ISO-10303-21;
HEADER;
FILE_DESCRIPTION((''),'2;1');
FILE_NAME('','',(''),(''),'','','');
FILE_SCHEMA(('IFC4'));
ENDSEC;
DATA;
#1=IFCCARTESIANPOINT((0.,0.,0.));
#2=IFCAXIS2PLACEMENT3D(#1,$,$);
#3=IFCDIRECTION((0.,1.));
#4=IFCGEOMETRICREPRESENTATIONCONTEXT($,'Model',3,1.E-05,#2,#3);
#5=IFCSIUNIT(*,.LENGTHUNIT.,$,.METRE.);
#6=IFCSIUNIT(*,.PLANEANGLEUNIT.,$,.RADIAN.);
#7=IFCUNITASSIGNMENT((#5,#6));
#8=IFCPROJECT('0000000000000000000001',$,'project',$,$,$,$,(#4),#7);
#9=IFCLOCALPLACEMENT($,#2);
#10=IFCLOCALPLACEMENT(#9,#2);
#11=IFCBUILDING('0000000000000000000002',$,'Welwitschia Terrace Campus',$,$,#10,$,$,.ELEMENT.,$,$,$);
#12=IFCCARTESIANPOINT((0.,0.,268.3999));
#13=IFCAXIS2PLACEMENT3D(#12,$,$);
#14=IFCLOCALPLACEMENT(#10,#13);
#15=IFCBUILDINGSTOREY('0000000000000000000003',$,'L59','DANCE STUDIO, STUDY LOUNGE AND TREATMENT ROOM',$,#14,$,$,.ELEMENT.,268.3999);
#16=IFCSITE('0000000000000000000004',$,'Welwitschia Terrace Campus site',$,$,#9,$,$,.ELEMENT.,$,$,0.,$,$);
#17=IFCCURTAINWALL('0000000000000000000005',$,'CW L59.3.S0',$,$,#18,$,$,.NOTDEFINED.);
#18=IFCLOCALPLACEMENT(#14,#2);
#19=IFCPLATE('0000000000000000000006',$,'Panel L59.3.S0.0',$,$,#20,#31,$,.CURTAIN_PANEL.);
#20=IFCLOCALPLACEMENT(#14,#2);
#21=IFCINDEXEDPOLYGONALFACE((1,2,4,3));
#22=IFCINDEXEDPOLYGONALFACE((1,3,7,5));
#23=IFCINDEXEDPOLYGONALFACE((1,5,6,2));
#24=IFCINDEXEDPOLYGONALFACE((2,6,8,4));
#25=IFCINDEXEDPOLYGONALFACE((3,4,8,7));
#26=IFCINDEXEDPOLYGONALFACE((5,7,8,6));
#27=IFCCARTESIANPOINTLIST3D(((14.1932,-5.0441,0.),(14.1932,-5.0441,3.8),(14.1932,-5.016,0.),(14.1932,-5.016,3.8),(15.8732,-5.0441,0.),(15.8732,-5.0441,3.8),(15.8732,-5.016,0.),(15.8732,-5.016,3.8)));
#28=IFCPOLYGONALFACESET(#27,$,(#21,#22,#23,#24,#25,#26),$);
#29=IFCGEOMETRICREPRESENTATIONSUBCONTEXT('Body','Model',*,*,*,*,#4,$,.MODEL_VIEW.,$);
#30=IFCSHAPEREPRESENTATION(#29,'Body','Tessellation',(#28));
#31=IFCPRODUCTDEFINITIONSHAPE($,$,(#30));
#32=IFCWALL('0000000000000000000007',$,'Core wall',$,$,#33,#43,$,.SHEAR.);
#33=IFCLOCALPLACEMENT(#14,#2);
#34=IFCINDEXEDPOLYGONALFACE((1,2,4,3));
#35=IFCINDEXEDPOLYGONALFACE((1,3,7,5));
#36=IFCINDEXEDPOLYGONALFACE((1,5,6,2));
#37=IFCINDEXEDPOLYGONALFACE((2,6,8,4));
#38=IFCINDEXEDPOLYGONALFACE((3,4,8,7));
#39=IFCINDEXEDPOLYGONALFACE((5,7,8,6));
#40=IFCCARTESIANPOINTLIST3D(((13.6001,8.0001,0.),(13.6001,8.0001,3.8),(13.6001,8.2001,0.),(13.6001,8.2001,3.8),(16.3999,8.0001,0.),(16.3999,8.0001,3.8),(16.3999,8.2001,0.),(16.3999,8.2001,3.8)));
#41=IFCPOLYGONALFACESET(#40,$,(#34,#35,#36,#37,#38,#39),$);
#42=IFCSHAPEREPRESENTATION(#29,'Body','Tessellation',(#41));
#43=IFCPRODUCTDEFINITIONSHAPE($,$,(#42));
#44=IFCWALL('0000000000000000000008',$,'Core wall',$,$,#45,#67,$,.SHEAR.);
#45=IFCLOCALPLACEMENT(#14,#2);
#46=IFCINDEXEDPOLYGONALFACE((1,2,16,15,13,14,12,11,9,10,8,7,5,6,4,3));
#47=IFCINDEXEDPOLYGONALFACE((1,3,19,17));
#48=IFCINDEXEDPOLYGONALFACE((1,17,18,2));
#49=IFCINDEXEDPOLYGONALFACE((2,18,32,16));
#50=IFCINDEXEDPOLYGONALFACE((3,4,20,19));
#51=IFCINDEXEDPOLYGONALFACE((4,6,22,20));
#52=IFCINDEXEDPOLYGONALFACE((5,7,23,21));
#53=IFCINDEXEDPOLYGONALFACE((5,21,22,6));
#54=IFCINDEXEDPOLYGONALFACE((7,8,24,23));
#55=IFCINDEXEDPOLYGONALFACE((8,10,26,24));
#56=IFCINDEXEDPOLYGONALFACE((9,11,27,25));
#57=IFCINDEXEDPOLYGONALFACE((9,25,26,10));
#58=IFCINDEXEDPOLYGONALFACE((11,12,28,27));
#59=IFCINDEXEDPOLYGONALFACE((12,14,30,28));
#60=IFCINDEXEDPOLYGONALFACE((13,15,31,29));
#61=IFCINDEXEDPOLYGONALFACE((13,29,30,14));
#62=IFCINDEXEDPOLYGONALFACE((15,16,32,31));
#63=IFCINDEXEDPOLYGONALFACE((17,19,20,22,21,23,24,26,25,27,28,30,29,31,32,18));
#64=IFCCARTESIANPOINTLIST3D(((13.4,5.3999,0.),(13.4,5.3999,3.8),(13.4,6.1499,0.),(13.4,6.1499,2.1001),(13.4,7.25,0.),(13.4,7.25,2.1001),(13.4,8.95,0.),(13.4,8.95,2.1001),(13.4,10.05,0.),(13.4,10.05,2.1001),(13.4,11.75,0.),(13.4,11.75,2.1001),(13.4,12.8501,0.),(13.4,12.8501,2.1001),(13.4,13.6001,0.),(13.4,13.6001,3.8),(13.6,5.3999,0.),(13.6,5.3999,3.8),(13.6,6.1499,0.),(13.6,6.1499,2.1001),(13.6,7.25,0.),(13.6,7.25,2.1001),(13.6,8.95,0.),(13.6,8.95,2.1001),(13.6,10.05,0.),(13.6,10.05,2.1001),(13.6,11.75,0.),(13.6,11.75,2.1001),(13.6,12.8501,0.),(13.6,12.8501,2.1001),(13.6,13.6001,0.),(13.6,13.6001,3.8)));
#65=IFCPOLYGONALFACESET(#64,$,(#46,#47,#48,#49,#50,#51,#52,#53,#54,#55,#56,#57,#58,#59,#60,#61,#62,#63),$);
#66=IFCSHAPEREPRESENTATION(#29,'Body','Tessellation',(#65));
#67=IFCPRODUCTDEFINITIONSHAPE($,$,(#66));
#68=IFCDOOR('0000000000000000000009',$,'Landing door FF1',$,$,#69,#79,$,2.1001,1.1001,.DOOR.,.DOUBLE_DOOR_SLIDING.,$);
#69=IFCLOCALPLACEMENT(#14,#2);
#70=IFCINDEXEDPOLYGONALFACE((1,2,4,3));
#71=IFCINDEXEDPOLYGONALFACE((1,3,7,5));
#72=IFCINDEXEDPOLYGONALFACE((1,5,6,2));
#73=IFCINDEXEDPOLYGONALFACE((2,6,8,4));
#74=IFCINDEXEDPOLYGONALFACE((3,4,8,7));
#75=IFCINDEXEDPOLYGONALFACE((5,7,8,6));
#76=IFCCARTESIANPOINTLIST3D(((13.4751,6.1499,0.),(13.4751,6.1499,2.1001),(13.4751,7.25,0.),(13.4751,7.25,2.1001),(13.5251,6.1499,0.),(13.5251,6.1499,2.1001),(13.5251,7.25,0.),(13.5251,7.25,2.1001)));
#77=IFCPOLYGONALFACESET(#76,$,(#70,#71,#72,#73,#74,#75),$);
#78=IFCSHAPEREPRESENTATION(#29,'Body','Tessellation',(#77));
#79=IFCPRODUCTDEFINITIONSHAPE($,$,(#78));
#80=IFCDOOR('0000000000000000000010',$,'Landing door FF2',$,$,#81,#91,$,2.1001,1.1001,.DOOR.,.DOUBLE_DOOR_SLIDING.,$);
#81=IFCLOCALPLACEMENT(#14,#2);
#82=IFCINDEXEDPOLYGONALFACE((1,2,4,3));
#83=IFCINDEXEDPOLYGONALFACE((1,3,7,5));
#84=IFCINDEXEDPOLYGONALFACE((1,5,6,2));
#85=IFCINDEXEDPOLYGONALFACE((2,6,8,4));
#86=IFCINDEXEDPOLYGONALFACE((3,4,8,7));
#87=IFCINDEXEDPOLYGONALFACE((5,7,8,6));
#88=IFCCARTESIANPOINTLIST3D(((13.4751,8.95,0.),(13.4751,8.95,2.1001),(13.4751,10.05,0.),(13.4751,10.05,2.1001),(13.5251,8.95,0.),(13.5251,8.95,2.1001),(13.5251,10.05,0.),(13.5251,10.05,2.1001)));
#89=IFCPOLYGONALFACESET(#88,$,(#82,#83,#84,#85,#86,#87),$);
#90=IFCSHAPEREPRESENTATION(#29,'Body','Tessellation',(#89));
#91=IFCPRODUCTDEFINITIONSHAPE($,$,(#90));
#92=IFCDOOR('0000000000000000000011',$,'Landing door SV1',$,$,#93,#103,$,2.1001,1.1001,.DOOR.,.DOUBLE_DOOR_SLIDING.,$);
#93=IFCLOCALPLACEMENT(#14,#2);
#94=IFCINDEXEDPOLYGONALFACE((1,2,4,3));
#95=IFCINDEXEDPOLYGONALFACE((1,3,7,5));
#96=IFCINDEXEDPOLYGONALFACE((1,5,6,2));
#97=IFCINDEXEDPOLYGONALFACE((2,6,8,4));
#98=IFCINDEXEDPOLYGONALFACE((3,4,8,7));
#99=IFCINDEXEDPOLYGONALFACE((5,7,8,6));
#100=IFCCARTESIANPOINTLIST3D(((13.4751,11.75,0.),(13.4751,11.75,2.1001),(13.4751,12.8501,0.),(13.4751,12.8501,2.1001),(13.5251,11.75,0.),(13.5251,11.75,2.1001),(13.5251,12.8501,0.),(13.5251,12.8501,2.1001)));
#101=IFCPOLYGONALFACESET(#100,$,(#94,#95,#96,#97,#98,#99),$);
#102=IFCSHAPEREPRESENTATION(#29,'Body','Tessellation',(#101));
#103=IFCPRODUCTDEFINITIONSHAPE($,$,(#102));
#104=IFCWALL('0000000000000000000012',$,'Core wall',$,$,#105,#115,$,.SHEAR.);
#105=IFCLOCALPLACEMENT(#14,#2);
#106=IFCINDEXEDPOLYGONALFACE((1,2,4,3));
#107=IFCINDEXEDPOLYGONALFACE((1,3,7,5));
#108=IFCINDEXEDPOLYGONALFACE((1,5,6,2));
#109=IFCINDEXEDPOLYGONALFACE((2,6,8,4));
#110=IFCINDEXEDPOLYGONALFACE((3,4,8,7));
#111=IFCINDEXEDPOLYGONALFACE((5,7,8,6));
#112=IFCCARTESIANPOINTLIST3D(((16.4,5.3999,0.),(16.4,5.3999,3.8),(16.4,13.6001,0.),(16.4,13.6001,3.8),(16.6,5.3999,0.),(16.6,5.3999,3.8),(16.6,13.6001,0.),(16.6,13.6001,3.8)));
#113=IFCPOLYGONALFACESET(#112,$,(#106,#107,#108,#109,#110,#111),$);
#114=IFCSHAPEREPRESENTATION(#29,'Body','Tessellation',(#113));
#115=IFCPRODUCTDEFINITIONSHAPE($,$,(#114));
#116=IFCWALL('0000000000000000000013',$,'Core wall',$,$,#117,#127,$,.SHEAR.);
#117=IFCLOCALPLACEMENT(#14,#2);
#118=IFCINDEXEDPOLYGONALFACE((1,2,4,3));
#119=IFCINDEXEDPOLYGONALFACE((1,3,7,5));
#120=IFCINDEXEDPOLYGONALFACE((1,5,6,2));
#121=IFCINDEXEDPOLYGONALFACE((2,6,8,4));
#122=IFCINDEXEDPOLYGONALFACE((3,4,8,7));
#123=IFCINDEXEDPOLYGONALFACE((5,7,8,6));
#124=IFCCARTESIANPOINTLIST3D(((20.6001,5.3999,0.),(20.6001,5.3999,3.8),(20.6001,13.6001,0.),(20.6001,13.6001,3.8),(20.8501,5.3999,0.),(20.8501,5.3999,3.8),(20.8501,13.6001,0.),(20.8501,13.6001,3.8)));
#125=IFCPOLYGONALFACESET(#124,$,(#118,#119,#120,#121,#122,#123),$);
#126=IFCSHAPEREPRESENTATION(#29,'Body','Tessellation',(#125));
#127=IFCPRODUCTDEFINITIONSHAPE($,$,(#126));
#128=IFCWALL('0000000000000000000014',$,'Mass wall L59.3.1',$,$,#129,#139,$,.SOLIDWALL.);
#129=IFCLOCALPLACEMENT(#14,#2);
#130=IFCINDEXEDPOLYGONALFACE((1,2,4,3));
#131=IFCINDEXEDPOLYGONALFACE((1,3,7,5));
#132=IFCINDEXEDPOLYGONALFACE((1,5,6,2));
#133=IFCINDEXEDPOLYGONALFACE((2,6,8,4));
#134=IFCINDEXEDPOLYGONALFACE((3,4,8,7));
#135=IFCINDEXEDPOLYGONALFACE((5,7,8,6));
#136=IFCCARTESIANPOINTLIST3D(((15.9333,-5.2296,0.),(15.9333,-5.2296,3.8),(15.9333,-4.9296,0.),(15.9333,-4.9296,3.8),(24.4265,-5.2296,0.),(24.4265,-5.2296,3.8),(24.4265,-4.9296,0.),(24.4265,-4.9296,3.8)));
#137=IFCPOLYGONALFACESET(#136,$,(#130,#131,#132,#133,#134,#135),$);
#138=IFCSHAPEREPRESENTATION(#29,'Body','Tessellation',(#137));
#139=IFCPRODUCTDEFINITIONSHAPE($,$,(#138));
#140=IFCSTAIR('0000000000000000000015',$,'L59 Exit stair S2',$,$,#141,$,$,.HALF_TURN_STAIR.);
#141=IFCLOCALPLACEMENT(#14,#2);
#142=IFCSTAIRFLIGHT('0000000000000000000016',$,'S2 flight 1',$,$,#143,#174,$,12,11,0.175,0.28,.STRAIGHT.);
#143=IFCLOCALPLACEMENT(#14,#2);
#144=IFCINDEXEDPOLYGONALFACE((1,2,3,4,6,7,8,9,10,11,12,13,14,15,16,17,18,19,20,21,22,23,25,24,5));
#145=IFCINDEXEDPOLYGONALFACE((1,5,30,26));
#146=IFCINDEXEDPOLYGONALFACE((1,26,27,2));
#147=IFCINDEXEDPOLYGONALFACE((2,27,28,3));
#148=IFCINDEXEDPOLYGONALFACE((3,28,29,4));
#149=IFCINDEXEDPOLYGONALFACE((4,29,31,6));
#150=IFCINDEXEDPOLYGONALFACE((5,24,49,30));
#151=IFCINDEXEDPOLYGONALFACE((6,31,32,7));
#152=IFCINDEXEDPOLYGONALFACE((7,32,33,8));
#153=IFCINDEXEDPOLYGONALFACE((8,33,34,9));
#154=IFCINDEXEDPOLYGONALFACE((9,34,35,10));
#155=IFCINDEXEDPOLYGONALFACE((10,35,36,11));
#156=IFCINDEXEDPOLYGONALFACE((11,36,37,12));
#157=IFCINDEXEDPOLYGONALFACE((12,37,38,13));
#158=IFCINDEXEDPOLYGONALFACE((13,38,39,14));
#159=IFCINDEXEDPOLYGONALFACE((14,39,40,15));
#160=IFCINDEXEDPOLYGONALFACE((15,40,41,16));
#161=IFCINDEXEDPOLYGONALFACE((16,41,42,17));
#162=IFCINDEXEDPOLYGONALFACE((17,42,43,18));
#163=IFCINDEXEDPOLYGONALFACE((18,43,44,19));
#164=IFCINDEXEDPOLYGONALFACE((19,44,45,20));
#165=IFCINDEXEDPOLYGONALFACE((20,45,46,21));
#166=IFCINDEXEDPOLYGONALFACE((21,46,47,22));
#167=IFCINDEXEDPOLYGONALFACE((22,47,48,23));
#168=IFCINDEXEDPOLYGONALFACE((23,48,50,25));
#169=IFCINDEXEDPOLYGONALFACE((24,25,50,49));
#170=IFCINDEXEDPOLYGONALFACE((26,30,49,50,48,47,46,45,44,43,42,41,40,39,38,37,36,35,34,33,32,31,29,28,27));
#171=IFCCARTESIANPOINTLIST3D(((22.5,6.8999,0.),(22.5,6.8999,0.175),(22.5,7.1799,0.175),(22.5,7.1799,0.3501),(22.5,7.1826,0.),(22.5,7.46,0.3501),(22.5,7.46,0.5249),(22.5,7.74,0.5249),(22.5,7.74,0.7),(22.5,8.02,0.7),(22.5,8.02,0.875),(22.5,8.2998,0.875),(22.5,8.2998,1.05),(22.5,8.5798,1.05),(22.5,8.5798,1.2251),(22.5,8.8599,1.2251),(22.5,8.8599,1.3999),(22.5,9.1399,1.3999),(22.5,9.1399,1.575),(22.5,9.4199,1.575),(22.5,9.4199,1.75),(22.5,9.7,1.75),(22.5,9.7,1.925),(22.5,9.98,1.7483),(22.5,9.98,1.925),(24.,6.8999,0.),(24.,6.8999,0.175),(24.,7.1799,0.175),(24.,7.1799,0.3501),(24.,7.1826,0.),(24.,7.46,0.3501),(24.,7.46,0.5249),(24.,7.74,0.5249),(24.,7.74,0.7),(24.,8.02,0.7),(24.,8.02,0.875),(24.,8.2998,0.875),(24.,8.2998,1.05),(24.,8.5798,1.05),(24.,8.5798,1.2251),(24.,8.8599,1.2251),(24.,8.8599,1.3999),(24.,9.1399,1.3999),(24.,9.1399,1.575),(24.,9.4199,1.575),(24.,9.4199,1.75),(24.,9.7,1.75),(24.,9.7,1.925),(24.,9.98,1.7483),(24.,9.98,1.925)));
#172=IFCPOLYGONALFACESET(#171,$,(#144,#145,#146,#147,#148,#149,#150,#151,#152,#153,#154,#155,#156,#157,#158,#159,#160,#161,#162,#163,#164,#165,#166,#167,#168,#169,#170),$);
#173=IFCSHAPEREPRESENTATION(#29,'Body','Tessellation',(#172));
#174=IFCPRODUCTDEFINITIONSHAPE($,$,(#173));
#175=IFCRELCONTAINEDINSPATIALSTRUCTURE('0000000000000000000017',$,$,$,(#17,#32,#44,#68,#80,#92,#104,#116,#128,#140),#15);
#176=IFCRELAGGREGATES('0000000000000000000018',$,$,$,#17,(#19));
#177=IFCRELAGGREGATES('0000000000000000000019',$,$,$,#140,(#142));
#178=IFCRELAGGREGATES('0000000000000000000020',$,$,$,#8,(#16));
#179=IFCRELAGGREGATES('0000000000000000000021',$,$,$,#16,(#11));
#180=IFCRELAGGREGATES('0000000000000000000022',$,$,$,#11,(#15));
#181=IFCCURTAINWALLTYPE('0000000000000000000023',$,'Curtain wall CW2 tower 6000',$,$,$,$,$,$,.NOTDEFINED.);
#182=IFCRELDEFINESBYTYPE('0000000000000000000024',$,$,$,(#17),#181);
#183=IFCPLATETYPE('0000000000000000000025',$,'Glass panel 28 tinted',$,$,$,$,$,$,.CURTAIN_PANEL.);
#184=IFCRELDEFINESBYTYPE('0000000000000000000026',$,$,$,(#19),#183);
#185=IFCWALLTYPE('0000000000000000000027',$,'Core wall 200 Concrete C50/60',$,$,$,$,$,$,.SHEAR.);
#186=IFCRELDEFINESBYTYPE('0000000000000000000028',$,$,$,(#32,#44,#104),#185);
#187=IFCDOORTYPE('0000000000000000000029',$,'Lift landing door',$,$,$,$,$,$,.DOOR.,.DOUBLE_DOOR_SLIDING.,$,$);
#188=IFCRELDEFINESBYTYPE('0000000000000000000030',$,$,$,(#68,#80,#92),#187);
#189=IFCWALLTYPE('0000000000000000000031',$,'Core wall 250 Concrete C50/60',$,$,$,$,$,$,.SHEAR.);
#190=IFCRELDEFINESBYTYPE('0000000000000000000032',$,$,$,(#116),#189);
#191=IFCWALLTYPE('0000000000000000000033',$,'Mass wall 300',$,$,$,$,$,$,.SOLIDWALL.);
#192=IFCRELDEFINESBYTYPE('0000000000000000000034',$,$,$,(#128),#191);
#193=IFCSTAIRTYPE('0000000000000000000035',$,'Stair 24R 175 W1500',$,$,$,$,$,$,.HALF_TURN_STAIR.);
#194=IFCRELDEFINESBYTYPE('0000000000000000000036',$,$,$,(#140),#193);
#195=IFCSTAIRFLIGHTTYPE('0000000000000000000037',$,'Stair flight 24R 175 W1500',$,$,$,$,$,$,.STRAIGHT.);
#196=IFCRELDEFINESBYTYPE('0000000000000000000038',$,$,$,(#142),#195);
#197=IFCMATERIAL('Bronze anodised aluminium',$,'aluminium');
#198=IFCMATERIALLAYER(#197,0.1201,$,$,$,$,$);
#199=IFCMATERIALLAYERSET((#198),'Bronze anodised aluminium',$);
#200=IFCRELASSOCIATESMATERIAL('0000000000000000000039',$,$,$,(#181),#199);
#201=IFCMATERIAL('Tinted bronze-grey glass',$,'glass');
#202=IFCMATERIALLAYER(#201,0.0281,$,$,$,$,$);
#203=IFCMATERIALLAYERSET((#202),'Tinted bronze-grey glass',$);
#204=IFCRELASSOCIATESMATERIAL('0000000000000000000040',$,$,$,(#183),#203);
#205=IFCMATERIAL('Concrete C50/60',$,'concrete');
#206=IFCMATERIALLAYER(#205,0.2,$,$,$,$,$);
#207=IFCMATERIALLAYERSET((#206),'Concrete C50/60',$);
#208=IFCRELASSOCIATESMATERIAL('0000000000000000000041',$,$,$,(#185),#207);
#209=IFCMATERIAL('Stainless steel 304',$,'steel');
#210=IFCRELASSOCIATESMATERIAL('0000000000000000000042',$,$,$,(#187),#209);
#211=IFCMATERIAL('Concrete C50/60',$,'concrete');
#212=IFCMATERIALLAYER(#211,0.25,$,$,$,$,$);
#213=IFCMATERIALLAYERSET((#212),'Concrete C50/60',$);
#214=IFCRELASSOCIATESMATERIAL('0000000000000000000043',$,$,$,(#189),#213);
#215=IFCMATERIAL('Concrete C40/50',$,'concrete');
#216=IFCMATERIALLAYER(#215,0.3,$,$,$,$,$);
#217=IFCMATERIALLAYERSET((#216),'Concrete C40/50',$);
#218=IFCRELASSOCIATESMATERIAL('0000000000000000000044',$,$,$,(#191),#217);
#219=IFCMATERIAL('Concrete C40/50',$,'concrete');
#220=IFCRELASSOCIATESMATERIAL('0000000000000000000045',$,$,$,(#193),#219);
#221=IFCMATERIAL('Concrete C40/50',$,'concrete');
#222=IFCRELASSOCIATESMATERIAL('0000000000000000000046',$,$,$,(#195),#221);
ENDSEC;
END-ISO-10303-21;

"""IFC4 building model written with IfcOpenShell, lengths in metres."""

from ifc_helpers import new_model, si_unit, direction, frame, frame_2d, origin, origin_2d, place, context, subcontext, project, spatial, polyline, rectangle, outline, extrude, material, layer, layer_set, type_object, element, fill, aggregate, save


model = new_model("IFC4")

# Units and contexts
model_context = context("Model", 3, precision=1e-05, world=origin(), true_north=direction((0.0, 1.0)))
body_context = subcontext(model_context, "Body", "Model", "MODEL_VIEW")
ifc_project = project(units=[si_unit("LENGTHUNIT", "METRE"), si_unit("PLANEANGLEUNIT", "RADIAN")], contexts=[model_context])

# Site, building, storey
site_placement = place(None, origin())
site = spatial("IfcSite", under=ifc_project, at=site_placement, Name="Welwitschia Terrace Campus site", CompositionType="ELEMENT", RefElevation=0.0)
building_placement = place(site_placement, origin())
building = spatial("IfcBuilding", under=site, at=building_placement, Name="Welwitschia Terrace Campus", CompositionType="ELEMENT")
storey_placement = place(building_placement, frame((0.0, 0.0, 268.3999)))
storey = spatial("IfcBuildingStorey", under=building, at=storey_placement, Name="L59", Description="DANCE STUDIO, STUDY LOUNGE AND TREATMENT ROOM", CompositionType="ELEMENT", Elevation=268.3999)

# Curtain wall
ifc_material_1 = material(Name="Bronze anodised aluminium", Category="aluminium")
ifc_layer_1 = layer(ifc_material_1, 0.1201)
ifc_layer_set_1 = layer_set([ifc_layer_1], Name="Bronze anodised aluminium")
curtain_wall_type = type_object("IfcCurtainWallType", Name="Curtain wall CW2 tower 6000", PredefinedType="NOTDEFINED", material=ifc_layer_set_1)
curtain_wall_placement = place(storey_placement, origin())
curtain_wall = element("IfcCurtainWall", 1, at=curtain_wall_placement, inside=storey, type_object=curtain_wall_type, Name="CW L59.3.S0", PredefinedType="NOTDEFINED")

# Plate
ifc_material_2 = material(Name="Tinted bronze-grey glass", Category="glass")
ifc_layer_2 = layer(ifc_material_2, 0.0281)
ifc_layer_set_2 = layer_set([ifc_layer_2], Name="Tinted bronze-grey glass")
plate_type = type_object("IfcPlateType", Name="Glass panel 28 tinted", PredefinedType="CURTAIN_PANEL", material=ifc_layer_set_2)
plate_placement = place(storey_placement, frame((15.0332, -5.03, 0.0), z_axis=(0.0, 0.0, 1.0), x_axis=(1.0, 0.0, 0.0)))
plate = element("IfcPlate", 2, at=plate_placement, type_object=plate_type, Name="Panel L59.3.S0.0", PredefinedType="CURTAIN_PANEL", context=body_context, shape_type="SweptSolid", body=[
    extrude(rectangle(XDim=1.6799, YDim=0.0281, at=origin_2d()), origin(), (0.0, 0.0, 1.0), 3.8),
])
aggregate(curtain_wall, [plate])

# Wall
ifc_material_3 = material(Name="Concrete C50/60", Category="concrete")
ifc_layer_3 = layer(ifc_material_3, 0.2)
ifc_layer_set_3 = layer_set([ifc_layer_3], Name="Concrete C50/60")
wall_type_1 = type_object("IfcWallType", Name="Core wall 200 Concrete C50/60", PredefinedType="SHEAR", material=ifc_layer_set_3)
wall_1_placement = place(storey_placement, frame((13.6001, 8.1001, 0.0), z_axis=(0.0, 0.0, 1.0), x_axis=(1.0, 0.0, 0.0)))
element("IfcWall", 3, at=wall_1_placement, inside=storey, type_object=wall_type_1, Name="Core wall", PredefinedType="SHEAR", context=body_context, shape_type="SweptSolid", body=[
    extrude(rectangle(XDim=2.7998, YDim=0.2, at=frame_2d((1.3999, 0.0))), origin(), (0.0, 0.0, 1.0), 3.8),
])

# Wall, openings, doors
wall_2_placement = place(storey_placement, frame((13.5, 5.3999, 0.0), z_axis=(0.0, 0.0, 1.0), x_axis=(0.0, 1.0, 0.0)))
wall_2 = element("IfcWall", 4, at=wall_2_placement, inside=storey, type_object=wall_type_1, Name="Core wall", PredefinedType="SHEAR", context=body_context, shape_type="SweptSolid", body=[
    extrude(rectangle(XDim=8.2002, YDim=0.2, at=frame_2d((4.1001, 0.0))), origin(), (0.0, 0.0, 1.0), 3.8),
])
opening_1_placement = place(wall_2_placement, frame((0.75, 0.0, 0.0)))
opening_1 = element("IfcOpeningElement", 5, at=opening_1_placement, cuts=wall_2, PredefinedType="OPENING", context=body_context, shape_type="SweptSolid", body=[
    extrude(rectangle(XDim=1.1001, YDim=2.1001, at=frame_2d((0.55, 1.05))), frame((0.0, 0.1099, 0.0), z_axis=(0.0, -1.0, 0.0), x_axis=(1.0, 0.0, 0.0)), (0.0, 0.0, 1.0), 0.22),
])
opening_2_placement = place(wall_2_placement, frame((3.55, 0.0, 0.0)))
opening_2 = element("IfcOpeningElement", 6, at=opening_2_placement, cuts=wall_2, PredefinedType="OPENING", context=body_context, shape_type="SweptSolid", body=[
    extrude(rectangle(XDim=1.1001, YDim=2.1001, at=frame_2d((0.55, 1.05))), frame((0.0, 0.1099, 0.0), z_axis=(0.0, -1.0, 0.0), x_axis=(1.0, 0.0, 0.0)), (0.0, 0.0, 1.0), 0.22),
])
opening_3_placement = place(wall_2_placement, frame((6.3501, 0.0, 0.0)))
opening_3 = element("IfcOpeningElement", 7, at=opening_3_placement, cuts=wall_2, PredefinedType="OPENING", context=body_context, shape_type="SweptSolid", body=[
    extrude(rectangle(XDim=1.1001, YDim=2.1001, at=frame_2d((0.55, 1.05))), frame((0.0, 0.1099, 0.0), z_axis=(0.0, -1.0, 0.0), x_axis=(1.0, 0.0, 0.0)), (0.0, 0.0, 1.0), 0.22),
])
ifc_material_4 = material(Name="Stainless steel 304", Category="steel")
door_type = type_object("IfcDoorType", Name="Lift landing door", OperationType="DOUBLE_DOOR_SLIDING", PredefinedType="DOOR", material=ifc_material_4)
door_1_placement = place(opening_1_placement, origin())
door_1 = element("IfcDoor", 8, at=door_1_placement, inside=storey, type_object=door_type, Name="Landing door FF1", OperationType="DOUBLE_DOOR_SLIDING", OverallHeight=2.1001, OverallWidth=1.1001, PredefinedType="DOOR", context=body_context, shape_type="SweptSolid", body=[
    extrude(rectangle(XDim=1.1001, YDim=2.1001, at=frame_2d((0.55, 1.05))), frame((0.0, 0.0249, 0.0), z_axis=(0.0, -1.0, 0.0), x_axis=(1.0, 0.0, 0.0)), (0.0, 0.0, 1.0), 0.05),
])
fill(opening_1, door_1)
door_2_placement = place(opening_2_placement, origin())
door_2 = element("IfcDoor", 9, at=door_2_placement, inside=storey, type_object=door_type, Name="Landing door FF2", OperationType="DOUBLE_DOOR_SLIDING", OverallHeight=2.1001, OverallWidth=1.1001, PredefinedType="DOOR", context=body_context, shape_type="SweptSolid", body=[
    extrude(rectangle(XDim=1.1001, YDim=2.1001, at=frame_2d((0.55, 1.05))), frame((0.0, 0.0249, 0.0), z_axis=(0.0, -1.0, 0.0), x_axis=(1.0, 0.0, 0.0)), (0.0, 0.0, 1.0), 0.05),
])
fill(opening_2, door_2)
door_3_placement = place(opening_3_placement, origin())
door_3 = element("IfcDoor", 10, at=door_3_placement, inside=storey, type_object=door_type, Name="Landing door SV1", OperationType="DOUBLE_DOOR_SLIDING", OverallHeight=2.1001, OverallWidth=1.1001, PredefinedType="DOOR", context=body_context, shape_type="SweptSolid", body=[
    extrude(rectangle(XDim=1.1001, YDim=2.1001, at=frame_2d((0.55, 1.05))), frame((0.0, 0.0249, 0.0), z_axis=(0.0, -1.0, 0.0), x_axis=(1.0, 0.0, 0.0)), (0.0, 0.0, 1.0), 0.05),
])
fill(opening_3, door_3)

# Walls
wall_3_placement = place(storey_placement, frame((16.5, 5.3999, 0.0), z_axis=(0.0, 0.0, 1.0), x_axis=(0.0, 1.0, 0.0)))
element("IfcWall", 11, at=wall_3_placement, inside=storey, type_object=wall_type_1, Name="Core wall", PredefinedType="SHEAR", context=body_context, shape_type="SweptSolid", body=[
    extrude(rectangle(XDim=8.2002, YDim=0.2, at=frame_2d((4.1001, 0.0))), origin(), (0.0, 0.0, 1.0), 3.8),
])
ifc_material_5 = material(Name="Concrete C50/60", Category="concrete")
ifc_layer_4 = layer(ifc_material_5, 0.25)
ifc_layer_set_4 = layer_set([ifc_layer_4], Name="Concrete C50/60")
wall_type_2 = type_object("IfcWallType", Name="Core wall 250 Concrete C50/60", PredefinedType="SHEAR", material=ifc_layer_set_4)
wall_4_placement = place(storey_placement, frame((20.7251, 5.3999, 0.0), z_axis=(0.0, 0.0, 1.0), x_axis=(0.0, 1.0, 0.0)))
element("IfcWall", 12, at=wall_4_placement, inside=storey, type_object=wall_type_2, Name="Core wall", PredefinedType="SHEAR", context=body_context, shape_type="SweptSolid", body=[
    extrude(rectangle(XDim=8.2002, YDim=0.25, at=frame_2d((4.1001, 0.0))), origin(), (0.0, 0.0, 1.0), 3.8),
])
ifc_material_6 = material(Name="Concrete C40/50", Category="concrete")
ifc_layer_5 = layer(ifc_material_6, 0.3)
ifc_layer_set_5 = layer_set([ifc_layer_5], Name="Concrete C40/50")
wall_type_3 = type_object("IfcWallType", Name="Mass wall 300", PredefinedType="SOLIDWALL", material=ifc_layer_set_5)
wall_5_placement = place(storey_placement, frame((15.9333, -5.0796, 0.0), z_axis=(0.0, 0.0, 1.0), x_axis=(1.0, 0.0, 0.0)))
element("IfcWall", 13, at=wall_5_placement, inside=storey, type_object=wall_type_3, Name="Mass wall L59.3.1", PredefinedType="SOLIDWALL", context=body_context, shape_type="SweptSolid", body=[
    extrude(rectangle(XDim=8.4932, YDim=0.3, at=frame_2d((4.2466, 0.0))), origin(), (0.0, 0.0, 1.0), 3.8),
])

# Stair, stair flight
ifc_material_7 = material(Name="Concrete C40/50", Category="concrete")
stair_type = type_object("IfcStairType", Name="Stair 24R 175 W1500", PredefinedType="HALF_TURN_STAIR", material=ifc_material_7)
stair_placement = place(storey_placement, origin())
stair = element("IfcStair", 14, at=stair_placement, inside=storey, type_object=stair_type, Name="L59 Exit stair S2", PredefinedType="HALF_TURN_STAIR")
ifc_material_8 = material(Name="Concrete C40/50", Category="concrete")
stair_flight_type = type_object("IfcStairFlightType", Name="Stair flight 24R 175 W1500", PredefinedType="STRAIGHT", material=ifc_material_8)
stair_flight_placement = place(storey_placement, frame((23.25, 6.8999, 0.0), z_axis=(0.0, 0.0, 1.0), x_axis=(0.0, 1.0, 0.0)))
stair_flight = element("IfcStairFlight", 15, at=stair_flight_placement, type_object=stair_flight_type, Name="S2 flight 1", NumberOfRisers=12, NumberOfTreads=11, PredefinedType="STRAIGHT", RiserHeight=0.175, TreadLength=0.28, context=body_context, shape_type="SweptSolid", body=[
    extrude(outline(polyline([(0.0, 0.0), (0.0, 0.175), (0.28, 0.175), (0.28, 0.3501), (0.5601, 0.3501), (0.5601, 0.5249), (0.8401, 0.5249), (0.8401, 0.7), (1.1201, 0.7), (1.1201, 0.875), (1.3999, 0.875), (1.3999, 1.05), (1.6799, 1.05), (1.6799, 1.2251), (1.96, 1.2251), (1.96, 1.3999), (2.24, 1.3999), (2.24, 1.575), (2.52, 1.575), (2.52, 1.75), (2.8, 1.75), (2.8, 1.925), (3.0801, 1.925), (3.0801, 2.1001), (3.0801, 1.7483), (0.2827, 0.0), (0.0, 0.0)])), frame((0.0, 0.75, 0.0), z_axis=(0.0, -1.0, 0.0), x_axis=(1.0, 0.0, 0.0)), (0.0, 0.0, 1.0), 1.5),
])
aggregate(stair, [stair_flight])

save(model, "model.ifc")
